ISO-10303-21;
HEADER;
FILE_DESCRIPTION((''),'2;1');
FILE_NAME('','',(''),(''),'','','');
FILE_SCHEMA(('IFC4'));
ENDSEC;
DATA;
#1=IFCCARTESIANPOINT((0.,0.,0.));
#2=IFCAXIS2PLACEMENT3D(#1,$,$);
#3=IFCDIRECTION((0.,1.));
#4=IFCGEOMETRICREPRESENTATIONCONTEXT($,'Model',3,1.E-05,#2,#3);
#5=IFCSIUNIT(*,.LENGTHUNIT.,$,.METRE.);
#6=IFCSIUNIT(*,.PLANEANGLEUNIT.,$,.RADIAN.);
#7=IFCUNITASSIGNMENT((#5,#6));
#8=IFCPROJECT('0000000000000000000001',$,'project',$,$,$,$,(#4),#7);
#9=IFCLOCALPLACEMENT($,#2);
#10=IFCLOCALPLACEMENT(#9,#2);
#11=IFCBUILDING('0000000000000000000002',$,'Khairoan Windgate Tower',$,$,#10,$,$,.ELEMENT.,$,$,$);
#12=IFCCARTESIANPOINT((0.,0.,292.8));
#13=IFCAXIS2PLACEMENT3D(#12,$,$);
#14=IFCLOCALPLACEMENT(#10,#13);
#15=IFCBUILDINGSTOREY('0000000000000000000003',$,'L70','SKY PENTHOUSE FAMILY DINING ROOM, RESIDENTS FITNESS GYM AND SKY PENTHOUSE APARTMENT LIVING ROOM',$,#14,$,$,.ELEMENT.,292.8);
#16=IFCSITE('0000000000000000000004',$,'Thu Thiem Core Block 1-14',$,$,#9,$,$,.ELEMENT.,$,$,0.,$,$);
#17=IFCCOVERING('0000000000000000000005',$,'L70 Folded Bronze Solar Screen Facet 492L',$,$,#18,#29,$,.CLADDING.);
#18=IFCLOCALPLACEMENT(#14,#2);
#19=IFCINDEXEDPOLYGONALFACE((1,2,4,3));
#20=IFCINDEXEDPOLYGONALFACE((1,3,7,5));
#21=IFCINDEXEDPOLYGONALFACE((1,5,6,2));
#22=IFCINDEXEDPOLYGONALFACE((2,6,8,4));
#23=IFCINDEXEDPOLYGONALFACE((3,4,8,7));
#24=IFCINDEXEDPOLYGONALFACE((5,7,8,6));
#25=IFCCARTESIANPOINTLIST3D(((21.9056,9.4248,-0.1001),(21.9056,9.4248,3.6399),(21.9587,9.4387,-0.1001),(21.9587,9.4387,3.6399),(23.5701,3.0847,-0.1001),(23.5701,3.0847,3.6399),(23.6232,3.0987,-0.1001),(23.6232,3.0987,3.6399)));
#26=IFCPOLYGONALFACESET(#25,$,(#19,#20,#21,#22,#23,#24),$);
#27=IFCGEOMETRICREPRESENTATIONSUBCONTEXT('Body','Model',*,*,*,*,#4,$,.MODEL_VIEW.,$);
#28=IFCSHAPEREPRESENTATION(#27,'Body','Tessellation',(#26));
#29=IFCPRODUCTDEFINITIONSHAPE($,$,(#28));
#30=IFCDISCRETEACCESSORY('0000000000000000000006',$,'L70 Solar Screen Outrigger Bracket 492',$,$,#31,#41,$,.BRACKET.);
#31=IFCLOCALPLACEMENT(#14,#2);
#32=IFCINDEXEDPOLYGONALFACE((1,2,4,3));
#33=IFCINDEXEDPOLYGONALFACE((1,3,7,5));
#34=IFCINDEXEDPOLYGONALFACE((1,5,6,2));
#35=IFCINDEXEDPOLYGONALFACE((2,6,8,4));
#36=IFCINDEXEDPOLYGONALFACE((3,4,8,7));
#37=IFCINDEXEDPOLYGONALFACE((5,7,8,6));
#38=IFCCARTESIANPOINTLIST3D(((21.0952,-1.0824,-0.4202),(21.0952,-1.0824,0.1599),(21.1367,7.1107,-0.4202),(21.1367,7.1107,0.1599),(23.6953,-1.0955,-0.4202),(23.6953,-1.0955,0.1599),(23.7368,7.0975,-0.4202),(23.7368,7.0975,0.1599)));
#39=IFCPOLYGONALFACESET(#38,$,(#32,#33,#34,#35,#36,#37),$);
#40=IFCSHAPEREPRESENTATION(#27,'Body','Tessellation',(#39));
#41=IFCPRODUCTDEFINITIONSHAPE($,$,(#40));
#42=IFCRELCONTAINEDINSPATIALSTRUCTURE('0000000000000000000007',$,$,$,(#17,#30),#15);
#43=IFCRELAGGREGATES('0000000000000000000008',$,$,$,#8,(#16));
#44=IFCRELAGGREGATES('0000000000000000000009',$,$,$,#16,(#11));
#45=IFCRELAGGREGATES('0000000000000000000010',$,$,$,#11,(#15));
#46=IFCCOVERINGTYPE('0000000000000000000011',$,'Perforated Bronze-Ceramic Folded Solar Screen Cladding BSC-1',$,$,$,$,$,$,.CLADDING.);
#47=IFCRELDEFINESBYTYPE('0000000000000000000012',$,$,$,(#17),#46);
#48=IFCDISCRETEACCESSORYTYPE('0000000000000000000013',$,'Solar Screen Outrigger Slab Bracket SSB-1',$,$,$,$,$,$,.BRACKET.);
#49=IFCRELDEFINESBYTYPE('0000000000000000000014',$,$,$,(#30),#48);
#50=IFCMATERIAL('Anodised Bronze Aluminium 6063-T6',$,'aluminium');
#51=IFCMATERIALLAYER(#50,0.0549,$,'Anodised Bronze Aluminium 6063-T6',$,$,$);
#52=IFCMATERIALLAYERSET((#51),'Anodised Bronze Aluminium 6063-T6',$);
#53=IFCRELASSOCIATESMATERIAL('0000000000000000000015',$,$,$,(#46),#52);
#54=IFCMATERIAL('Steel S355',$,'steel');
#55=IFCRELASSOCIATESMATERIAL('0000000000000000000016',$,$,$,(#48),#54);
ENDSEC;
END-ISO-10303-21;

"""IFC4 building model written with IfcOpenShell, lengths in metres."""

from ifc_helpers import new_model, si_unit, direction, frame, origin, origin_2d, place, context, subcontext, project, spatial, rectangle, extrude, material, layer, layer_set, type_object, element, save


model = new_model("IFC4")

# Units and contexts
model_context = context("Model", 3, precision=1e-05, world=origin(), true_north=direction((0.0, 1.0)))
body_context = subcontext(model_context, "Body", "Model", "MODEL_VIEW")
ifc_project = project(units=[si_unit("LENGTHUNIT", "METRE"), si_unit("PLANEANGLEUNIT", "RADIAN")], contexts=[model_context])

# Site, building, storey
site_placement = place(None, origin())
site = spatial("IfcSite", under=ifc_project, at=site_placement, Name="Thu Thiem Core Block 1-14", CompositionType="ELEMENT", RefElevation=0.0)
building_placement = place(site_placement, origin())
building = spatial("IfcBuilding", under=site, at=building_placement, Name="Khairoan Windgate Tower", CompositionType="ELEMENT")
storey_placement = place(building_placement, frame((0.0, 0.0, 292.8)))
storey = spatial("IfcBuildingStorey", under=building, at=storey_placement, Name="L70", Description="SKY PENTHOUSE FAMILY DINING ROOM, RESIDENTS FITNESS GYM AND SKY PENTHOUSE APARTMENT LIVING ROOM", CompositionType="ELEMENT", Elevation=292.8)

# Covering
ifc_material_1 = material(Name="Anodised Bronze Aluminium 6063-T6", Category="aluminium")
ifc_layer_1 = layer(ifc_material_1, 0.0549, Name="Anodised Bronze Aluminium 6063-T6")
ifc_layer_set_1 = layer_set([ifc_layer_1], Name="Anodised Bronze Aluminium 6063-T6")
covering_type = type_object("IfcCoveringType", Name="Perforated Bronze-Ceramic Folded Solar Screen Cladding BSC-1", PredefinedType="CLADDING", material=ifc_layer_set_1)
covering_placement = place(storey_placement, frame((22.7644, 6.2617, -0.1001), z_axis=(0.0, 0.0, 1.0), x_axis=(0.253927, -0.967223, 0.0)))
element("IfcCovering", 1, at=covering_placement, inside=storey, type_object=covering_type, Name="L70 Folded Bronze Solar Screen Facet 492L", PredefinedType="CLADDING", context=body_context, shape_type="SweptSolid", body=[
    extrude(rectangle(XDim=6.5549, YDim=0.0549, at=origin_2d()), origin(), (0.0, 0.0, 1.0), 3.74),
])

# Discrete accessory
ifc_material_2 = material(Name="Steel S355", Category="steel")
discrete_accessory_type = type_object("IfcDiscreteAccessoryType", Name="Solar Screen Outrigger Slab Bracket SSB-1", PredefinedType="BRACKET", material=ifc_material_2)
discrete_accessory_placement = place(storey_placement, frame((22.416, 3.0076, -0.4202), z_axis=(0.0, 0.0, 1.0), x_axis=(-0.005061, -0.999987, 0.0)))
element("IfcDiscreteAccessory", 2, at=discrete_accessory_placement, inside=storey, type_object=discrete_accessory_type, Name="L70 Solar Screen Outrigger Bracket 492", PredefinedType="BRACKET", context=body_context, shape_type="SweptSolid", body=[
    extrude(rectangle(XDim=8.1931, YDim=2.6001, at=origin_2d()), origin(), (0.0, 0.0, 1.0), 0.5801),
])

save(model, "model.ifc")
